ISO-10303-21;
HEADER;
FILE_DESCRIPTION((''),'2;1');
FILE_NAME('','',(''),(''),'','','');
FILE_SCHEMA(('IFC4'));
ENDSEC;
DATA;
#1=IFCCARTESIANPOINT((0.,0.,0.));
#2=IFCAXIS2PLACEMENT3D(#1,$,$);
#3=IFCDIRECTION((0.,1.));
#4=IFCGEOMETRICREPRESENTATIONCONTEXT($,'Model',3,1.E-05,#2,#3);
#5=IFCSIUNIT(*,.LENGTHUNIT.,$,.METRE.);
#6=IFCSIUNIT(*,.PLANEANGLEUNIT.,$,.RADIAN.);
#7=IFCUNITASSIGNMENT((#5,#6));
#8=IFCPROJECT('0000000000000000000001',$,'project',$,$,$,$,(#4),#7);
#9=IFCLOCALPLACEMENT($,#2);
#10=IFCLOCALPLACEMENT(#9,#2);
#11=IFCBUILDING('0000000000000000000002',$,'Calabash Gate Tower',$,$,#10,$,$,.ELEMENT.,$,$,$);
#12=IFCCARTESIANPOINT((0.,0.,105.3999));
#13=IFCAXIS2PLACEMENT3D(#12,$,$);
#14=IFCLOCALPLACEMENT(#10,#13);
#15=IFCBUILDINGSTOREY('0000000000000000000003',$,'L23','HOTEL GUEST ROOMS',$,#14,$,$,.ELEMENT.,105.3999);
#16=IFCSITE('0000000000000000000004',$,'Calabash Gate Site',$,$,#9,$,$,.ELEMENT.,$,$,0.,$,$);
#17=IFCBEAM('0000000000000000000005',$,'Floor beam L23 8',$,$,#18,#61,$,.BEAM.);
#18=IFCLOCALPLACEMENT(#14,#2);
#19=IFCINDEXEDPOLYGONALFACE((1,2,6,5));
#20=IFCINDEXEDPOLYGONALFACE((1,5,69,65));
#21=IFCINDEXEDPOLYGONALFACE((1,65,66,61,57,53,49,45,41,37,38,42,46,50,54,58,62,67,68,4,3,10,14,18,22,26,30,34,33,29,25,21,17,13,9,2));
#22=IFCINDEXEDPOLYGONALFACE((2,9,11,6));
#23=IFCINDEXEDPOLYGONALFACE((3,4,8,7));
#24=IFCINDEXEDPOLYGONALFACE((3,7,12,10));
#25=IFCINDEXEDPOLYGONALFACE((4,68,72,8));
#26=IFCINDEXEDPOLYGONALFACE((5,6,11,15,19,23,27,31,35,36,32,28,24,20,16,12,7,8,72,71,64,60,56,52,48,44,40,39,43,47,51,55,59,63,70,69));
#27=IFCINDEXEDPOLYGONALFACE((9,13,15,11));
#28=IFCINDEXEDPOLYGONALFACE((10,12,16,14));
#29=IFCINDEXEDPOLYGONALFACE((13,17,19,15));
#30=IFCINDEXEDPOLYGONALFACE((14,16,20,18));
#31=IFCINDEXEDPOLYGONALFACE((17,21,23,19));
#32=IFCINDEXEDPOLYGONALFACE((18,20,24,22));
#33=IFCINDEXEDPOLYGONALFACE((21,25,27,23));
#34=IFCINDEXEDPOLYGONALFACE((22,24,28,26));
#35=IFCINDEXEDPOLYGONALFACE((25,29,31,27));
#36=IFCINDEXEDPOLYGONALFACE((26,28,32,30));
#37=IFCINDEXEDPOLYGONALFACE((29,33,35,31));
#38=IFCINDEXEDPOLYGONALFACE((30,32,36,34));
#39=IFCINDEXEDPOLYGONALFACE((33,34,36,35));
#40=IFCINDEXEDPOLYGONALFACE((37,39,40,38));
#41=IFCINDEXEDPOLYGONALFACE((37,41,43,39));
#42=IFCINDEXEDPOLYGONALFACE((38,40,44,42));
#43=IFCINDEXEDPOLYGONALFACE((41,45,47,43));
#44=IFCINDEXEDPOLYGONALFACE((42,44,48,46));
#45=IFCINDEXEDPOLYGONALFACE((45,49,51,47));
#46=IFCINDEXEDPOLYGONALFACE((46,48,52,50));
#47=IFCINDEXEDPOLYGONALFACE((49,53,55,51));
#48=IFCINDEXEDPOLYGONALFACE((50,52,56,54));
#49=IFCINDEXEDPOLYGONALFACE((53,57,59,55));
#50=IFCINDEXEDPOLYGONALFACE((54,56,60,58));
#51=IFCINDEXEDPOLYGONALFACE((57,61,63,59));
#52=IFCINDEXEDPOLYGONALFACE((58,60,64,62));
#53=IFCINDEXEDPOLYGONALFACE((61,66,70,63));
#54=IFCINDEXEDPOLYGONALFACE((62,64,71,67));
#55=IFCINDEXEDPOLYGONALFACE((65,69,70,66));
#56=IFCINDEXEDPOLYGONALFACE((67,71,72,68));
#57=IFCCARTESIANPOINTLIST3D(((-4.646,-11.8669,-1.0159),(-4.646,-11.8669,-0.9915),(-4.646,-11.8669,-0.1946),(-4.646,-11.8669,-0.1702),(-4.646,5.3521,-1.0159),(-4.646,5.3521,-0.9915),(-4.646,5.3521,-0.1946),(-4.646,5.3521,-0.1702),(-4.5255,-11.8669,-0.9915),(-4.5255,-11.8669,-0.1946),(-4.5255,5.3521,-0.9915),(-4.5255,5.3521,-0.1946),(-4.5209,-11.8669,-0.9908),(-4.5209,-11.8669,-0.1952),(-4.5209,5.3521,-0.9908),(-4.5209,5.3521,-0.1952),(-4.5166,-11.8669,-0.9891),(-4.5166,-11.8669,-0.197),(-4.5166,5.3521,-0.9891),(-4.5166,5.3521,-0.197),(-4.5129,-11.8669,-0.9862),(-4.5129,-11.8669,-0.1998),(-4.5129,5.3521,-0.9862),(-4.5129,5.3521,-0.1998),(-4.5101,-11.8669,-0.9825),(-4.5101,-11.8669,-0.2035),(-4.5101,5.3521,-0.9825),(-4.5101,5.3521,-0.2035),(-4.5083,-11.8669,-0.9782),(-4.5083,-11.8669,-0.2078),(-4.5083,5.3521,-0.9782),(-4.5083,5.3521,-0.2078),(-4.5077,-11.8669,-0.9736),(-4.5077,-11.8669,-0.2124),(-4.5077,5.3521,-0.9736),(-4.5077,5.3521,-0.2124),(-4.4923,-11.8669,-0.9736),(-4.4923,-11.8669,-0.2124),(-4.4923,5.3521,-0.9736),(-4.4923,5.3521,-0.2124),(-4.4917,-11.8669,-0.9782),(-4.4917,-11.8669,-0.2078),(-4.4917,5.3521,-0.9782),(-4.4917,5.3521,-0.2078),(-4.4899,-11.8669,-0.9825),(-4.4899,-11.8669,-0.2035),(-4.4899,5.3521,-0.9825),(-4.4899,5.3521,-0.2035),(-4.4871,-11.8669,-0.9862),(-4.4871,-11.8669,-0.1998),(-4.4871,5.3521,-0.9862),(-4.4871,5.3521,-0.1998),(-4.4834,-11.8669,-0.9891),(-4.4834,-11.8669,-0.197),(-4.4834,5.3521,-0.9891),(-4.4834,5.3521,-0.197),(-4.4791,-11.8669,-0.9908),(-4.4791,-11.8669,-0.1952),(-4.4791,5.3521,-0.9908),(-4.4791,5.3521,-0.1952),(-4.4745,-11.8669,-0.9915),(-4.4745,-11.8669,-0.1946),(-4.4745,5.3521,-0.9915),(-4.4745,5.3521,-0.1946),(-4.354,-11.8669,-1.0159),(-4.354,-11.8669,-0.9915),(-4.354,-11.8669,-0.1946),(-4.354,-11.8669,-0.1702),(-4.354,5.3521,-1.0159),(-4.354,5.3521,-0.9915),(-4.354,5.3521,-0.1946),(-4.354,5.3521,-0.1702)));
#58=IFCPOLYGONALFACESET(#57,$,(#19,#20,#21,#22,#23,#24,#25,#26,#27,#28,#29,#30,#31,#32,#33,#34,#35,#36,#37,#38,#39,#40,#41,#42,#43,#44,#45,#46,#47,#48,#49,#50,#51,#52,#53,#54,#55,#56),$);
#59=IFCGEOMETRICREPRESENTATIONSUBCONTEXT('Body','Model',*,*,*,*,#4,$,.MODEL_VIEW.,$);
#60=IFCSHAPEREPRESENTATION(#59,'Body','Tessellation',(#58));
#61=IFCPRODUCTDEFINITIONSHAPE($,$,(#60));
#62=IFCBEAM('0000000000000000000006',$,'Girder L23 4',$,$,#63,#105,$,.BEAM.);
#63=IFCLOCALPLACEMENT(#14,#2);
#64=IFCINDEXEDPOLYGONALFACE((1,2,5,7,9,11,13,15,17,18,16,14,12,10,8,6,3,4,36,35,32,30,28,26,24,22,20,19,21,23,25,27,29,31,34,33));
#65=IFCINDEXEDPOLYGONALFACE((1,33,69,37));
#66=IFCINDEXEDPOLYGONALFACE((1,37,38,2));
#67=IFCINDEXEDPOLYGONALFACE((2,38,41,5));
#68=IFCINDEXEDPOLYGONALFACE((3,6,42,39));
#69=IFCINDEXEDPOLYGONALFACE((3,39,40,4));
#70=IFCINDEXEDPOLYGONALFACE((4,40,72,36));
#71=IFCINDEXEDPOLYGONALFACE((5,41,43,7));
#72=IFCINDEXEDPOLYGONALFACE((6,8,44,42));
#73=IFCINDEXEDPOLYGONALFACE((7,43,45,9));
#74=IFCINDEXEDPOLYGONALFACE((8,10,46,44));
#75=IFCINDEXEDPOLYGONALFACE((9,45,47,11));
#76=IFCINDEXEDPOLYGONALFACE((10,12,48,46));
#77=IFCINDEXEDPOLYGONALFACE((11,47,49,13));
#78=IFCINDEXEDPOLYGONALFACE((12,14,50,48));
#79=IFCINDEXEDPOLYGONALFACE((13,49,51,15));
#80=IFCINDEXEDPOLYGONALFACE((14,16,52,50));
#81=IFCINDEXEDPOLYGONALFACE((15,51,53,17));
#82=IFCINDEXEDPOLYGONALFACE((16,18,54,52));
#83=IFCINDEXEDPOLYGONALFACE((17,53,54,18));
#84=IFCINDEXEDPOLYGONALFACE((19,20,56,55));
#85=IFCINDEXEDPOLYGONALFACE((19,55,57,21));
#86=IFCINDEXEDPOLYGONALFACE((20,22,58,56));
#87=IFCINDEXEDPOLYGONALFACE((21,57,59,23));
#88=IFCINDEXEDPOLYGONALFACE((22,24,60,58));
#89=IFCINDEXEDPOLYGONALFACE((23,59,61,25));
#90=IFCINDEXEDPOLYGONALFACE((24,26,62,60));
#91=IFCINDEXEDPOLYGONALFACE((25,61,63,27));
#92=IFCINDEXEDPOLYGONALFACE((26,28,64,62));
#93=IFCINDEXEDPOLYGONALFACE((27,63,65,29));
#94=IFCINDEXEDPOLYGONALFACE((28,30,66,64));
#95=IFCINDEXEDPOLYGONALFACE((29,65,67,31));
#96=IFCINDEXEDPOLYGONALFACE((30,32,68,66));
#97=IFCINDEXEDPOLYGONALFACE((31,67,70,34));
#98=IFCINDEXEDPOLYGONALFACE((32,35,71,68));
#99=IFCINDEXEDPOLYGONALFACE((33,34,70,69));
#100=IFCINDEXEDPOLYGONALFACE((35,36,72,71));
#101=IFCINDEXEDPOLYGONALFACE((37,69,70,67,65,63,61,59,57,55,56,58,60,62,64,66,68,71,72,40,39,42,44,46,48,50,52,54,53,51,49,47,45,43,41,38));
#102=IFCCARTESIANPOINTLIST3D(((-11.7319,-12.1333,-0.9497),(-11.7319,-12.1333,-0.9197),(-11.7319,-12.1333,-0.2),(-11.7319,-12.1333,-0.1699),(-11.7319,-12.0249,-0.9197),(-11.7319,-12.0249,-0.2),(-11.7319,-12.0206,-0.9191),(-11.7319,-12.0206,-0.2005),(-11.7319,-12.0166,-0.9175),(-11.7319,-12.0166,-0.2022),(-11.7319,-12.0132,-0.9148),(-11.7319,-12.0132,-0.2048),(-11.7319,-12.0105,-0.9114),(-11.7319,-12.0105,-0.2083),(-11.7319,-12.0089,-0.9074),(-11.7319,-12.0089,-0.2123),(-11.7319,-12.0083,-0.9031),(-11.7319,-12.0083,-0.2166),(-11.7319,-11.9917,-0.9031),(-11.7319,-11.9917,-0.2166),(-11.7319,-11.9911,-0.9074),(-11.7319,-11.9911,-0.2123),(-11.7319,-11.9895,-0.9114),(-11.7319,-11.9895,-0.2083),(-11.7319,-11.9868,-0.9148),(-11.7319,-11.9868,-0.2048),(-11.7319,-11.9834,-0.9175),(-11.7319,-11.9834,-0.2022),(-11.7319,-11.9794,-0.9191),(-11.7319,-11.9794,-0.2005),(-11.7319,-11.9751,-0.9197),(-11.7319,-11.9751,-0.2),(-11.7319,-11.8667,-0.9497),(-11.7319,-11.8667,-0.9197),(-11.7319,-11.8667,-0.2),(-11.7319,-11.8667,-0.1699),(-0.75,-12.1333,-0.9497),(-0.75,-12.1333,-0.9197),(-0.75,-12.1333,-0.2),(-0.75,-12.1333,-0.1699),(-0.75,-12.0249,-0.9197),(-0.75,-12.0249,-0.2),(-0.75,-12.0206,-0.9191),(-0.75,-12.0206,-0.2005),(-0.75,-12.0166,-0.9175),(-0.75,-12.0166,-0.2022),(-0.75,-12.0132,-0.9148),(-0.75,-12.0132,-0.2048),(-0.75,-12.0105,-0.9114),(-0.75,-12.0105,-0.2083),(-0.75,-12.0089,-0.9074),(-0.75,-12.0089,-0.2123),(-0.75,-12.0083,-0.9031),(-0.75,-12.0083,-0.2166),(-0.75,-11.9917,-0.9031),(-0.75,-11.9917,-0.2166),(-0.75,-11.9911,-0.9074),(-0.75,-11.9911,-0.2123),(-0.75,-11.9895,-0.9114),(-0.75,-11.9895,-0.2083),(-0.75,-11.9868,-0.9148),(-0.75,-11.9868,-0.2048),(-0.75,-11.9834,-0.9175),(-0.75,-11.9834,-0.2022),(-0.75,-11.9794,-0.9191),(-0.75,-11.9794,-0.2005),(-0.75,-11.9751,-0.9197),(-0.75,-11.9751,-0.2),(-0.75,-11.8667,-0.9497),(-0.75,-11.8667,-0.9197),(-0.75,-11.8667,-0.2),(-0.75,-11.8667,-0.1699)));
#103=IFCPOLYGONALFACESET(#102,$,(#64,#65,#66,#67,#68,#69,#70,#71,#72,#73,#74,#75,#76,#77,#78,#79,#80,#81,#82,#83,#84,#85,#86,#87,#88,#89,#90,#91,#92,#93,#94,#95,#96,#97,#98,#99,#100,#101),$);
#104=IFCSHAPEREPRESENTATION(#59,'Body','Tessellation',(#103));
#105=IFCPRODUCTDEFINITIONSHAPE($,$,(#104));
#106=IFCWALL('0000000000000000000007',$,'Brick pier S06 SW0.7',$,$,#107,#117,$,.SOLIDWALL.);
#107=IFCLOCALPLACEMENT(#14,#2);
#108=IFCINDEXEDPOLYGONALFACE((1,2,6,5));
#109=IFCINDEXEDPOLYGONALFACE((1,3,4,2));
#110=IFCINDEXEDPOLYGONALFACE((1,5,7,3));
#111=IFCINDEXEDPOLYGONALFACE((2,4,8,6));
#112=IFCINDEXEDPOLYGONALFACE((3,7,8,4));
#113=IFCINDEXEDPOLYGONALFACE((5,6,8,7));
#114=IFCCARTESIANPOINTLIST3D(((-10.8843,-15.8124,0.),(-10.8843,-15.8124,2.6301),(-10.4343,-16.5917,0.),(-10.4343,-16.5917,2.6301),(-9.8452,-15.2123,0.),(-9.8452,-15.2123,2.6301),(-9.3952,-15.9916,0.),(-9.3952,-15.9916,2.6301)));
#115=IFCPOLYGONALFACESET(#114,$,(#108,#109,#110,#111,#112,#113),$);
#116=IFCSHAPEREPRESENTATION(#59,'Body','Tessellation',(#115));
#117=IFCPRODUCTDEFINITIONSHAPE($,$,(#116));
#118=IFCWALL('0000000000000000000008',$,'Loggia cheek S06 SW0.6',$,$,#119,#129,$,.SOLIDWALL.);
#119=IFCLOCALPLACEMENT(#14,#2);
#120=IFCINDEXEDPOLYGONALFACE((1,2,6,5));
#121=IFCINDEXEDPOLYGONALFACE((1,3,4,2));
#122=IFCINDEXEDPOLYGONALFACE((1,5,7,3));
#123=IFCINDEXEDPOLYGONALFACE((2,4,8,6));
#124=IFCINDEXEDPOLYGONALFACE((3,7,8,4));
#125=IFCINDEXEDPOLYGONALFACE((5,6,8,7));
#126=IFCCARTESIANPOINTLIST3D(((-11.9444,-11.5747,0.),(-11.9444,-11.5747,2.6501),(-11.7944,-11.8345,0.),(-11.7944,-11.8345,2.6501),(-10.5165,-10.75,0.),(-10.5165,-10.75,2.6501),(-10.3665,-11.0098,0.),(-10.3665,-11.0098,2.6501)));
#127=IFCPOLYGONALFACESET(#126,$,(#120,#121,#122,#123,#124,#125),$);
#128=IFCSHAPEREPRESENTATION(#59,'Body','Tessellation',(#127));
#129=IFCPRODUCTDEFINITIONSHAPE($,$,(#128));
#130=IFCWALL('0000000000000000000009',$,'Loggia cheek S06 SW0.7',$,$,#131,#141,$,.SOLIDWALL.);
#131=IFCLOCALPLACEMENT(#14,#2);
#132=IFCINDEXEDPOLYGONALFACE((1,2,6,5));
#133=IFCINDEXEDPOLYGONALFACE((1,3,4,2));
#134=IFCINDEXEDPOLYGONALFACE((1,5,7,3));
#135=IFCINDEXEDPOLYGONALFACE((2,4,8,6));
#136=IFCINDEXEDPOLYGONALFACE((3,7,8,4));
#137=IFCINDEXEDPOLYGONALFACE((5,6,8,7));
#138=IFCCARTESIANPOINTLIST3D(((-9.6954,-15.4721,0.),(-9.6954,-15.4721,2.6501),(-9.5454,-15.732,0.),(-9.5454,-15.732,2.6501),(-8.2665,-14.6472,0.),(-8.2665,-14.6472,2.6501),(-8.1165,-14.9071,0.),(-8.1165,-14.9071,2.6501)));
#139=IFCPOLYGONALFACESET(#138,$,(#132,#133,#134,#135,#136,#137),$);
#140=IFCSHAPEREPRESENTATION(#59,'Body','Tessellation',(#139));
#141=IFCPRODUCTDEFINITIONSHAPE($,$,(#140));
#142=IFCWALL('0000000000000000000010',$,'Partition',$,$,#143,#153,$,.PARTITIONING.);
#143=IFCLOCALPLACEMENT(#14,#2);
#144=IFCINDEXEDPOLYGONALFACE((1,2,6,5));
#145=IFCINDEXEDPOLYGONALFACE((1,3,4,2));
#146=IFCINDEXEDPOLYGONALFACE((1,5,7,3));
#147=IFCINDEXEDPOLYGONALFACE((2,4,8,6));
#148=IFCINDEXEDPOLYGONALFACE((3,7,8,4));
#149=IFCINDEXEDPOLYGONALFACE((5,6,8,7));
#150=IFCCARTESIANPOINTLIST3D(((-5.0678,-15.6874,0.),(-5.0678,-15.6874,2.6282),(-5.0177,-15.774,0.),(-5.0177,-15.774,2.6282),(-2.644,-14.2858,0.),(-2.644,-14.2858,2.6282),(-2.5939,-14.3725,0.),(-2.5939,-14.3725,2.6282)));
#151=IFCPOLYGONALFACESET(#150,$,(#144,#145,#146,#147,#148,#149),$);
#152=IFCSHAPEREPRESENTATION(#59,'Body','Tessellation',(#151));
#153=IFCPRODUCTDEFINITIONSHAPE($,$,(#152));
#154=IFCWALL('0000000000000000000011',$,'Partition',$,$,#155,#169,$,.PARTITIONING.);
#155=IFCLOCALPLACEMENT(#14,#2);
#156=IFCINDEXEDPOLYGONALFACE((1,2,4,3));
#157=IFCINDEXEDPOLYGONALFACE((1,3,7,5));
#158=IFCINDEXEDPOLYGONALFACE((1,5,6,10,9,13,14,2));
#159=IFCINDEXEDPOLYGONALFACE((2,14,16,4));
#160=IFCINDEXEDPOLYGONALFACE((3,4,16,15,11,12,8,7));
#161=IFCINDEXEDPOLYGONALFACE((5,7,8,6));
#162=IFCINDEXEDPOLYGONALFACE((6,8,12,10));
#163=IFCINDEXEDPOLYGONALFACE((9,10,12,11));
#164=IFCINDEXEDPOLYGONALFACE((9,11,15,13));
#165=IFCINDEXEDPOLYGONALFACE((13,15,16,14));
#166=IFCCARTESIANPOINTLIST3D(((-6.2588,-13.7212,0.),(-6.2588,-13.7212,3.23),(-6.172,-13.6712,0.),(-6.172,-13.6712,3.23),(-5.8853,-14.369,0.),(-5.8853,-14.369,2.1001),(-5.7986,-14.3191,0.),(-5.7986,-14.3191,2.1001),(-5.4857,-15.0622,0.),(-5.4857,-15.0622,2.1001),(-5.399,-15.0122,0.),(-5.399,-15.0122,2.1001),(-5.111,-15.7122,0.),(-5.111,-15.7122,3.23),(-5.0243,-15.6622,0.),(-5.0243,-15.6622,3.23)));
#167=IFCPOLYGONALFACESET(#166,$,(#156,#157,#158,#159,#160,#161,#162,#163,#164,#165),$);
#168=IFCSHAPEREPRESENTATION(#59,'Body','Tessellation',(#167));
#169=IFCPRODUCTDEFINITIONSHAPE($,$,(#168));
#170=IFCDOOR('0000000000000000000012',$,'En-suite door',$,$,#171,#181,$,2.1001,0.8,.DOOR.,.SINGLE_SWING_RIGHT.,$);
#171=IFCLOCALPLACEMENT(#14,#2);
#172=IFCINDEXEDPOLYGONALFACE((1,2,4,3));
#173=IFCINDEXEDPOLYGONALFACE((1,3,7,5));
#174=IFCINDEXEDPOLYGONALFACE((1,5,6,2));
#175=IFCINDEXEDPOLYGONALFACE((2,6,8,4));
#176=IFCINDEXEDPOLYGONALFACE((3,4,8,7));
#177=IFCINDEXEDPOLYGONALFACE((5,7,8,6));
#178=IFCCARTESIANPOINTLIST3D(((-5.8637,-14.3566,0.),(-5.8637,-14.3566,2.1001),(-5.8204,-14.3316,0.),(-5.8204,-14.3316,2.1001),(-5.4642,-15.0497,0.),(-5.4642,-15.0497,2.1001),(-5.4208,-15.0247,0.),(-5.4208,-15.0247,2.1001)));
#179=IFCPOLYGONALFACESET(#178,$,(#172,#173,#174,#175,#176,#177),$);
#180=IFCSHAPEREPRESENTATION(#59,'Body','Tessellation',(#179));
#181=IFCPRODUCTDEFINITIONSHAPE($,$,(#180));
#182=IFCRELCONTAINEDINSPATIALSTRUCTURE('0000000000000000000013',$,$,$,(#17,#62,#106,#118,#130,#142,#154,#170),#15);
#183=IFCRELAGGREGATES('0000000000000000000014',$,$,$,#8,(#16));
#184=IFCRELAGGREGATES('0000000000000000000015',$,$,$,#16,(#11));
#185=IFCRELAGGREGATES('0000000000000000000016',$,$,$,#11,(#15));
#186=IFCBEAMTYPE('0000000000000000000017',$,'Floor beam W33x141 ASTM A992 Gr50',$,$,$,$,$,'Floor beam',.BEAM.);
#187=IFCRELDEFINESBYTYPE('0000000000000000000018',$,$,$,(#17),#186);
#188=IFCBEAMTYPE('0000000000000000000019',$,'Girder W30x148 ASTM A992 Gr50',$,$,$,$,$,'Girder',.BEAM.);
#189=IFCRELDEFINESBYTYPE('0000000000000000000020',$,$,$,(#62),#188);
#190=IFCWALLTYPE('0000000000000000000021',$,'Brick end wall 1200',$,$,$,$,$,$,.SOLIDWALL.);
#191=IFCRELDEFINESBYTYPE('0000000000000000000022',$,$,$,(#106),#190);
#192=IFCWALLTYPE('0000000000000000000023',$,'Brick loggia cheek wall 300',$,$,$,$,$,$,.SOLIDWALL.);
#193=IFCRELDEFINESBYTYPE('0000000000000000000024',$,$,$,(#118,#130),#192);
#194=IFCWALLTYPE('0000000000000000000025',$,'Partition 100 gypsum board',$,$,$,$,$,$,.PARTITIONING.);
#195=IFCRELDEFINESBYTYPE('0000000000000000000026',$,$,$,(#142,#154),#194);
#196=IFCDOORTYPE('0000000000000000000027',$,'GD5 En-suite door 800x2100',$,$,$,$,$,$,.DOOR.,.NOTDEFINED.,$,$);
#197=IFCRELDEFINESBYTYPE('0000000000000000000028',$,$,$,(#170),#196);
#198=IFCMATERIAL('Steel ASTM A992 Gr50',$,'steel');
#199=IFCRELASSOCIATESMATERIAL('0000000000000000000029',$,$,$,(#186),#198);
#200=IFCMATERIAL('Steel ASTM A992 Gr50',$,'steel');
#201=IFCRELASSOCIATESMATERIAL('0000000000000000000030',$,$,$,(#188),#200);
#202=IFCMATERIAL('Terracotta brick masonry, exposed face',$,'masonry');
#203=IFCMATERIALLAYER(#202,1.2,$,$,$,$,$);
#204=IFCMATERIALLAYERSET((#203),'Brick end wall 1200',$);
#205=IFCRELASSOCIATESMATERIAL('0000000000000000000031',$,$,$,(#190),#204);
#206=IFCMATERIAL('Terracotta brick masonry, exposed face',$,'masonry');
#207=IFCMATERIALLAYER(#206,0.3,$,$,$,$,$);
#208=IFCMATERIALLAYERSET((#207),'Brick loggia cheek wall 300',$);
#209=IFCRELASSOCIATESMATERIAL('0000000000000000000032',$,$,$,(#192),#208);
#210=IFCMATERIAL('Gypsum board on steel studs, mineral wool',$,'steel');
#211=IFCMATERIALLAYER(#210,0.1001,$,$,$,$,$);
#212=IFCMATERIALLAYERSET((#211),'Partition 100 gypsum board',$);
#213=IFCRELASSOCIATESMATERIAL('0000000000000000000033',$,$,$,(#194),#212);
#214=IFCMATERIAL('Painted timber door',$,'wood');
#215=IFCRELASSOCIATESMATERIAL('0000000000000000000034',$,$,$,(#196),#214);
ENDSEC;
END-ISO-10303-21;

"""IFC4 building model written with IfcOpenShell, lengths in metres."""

from ifc_helpers import new_model, si_unit, direction, frame, frame_2d, origin, origin_2d, place, context, subcontext, project, spatial, rectangle, i_section, extrude, material, layer, layer_set, material_profile, profile_set, type_object, element, fill, save


model = new_model("IFC4")

# Units and contexts
model_context = context("Model", 3, precision=1e-05, world=origin(), true_north=direction((0.0, 1.0)))
body_context = subcontext(model_context, "Body", "Model", "MODEL_VIEW")
ifc_project = project(units=[si_unit("LENGTHUNIT", "METRE"), si_unit("PLANEANGLEUNIT", "RADIAN")], contexts=[model_context])

# Site, building, storey
site_placement = place(None, origin())
site = spatial("IfcSite", under=ifc_project, at=site_placement, Name="Calabash Gate Site", CompositionType="ELEMENT", RefElevation=0.0)
building_placement = place(site_placement, origin())
building = spatial("IfcBuilding", under=site, at=building_placement, Name="Calabash Gate Tower", CompositionType="ELEMENT")
storey_placement = place(building_placement, frame((0.0, 0.0, 105.3999)))
storey = spatial("IfcBuildingStorey", under=building, at=storey_placement, Name="L23", Description="HOTEL GUEST ROOMS", CompositionType="ELEMENT", Elevation=105.3999)

# Beams
ifc_material_1 = material(Name="Steel ASTM A992 Gr50", Category="steel")
ifc_material_profile_1 = material_profile(ifc_material_1, i_section(OverallWidth=0.292, OverallDepth=0.8457, WebThickness=0.0154, FlangeThickness=0.0244, FilletRadius=0.0178, at=origin_2d()))
ifc_profile_set_1 = profile_set([ifc_material_profile_1], Name="Steel ASTM A992 Gr50")
beam_type_1 = type_object("IfcBeamType", Name="Floor beam W33x141 ASTM A992 Gr50", ElementType="Floor beam", PredefinedType="BEAM", material=ifc_profile_set_1)
beam_1_placement = place(storey_placement, frame((-4.5, -11.8669, -0.593), z_axis=(0.0, 1.0, 0.0), x_axis=(-1.0, 0.0, 0.0)))
element("IfcBeam", 1, at=beam_1_placement, inside=storey, type_object=beam_type_1, Name="Floor beam L23 8", PredefinedType="BEAM", context=body_context, shape_type="SweptSolid", body=[
    extrude(i_section(OverallWidth=0.292, OverallDepth=0.8457, WebThickness=0.0154, FlangeThickness=0.0244, FilletRadius=0.0178, at=origin_2d()), origin(), (0.0, 0.0, 1.0), 17.219),
])
ifc_material_2 = material(Name="Steel ASTM A992 Gr50", Category="steel")
ifc_material_profile_2 = material_profile(ifc_material_2, i_section(OverallWidth=0.2666, OverallDepth=0.7798, WebThickness=0.0166, FlangeThickness=0.03, FilletRadius=0.0166, at=origin_2d()))
ifc_profile_set_2 = profile_set([ifc_material_profile_2], Name="Steel ASTM A992 Gr50")
beam_type_2 = type_object("IfcBeamType", Name="Girder W30x148 ASTM A992 Gr50", ElementType="Girder", PredefinedType="BEAM", material=ifc_profile_set_2)
beam_2_placement = place(storey_placement, frame((-11.7319, -12.0, -0.5598), z_axis=(1.0, 0.0, 0.0), x_axis=(0.0, 1.0, 0.0)))
element("IfcBeam", 2, at=beam_2_placement, inside=storey, type_object=beam_type_2, Name="Girder L23 4", PredefinedType="BEAM", context=body_context, shape_type="SweptSolid", body=[
    extrude(i_section(OverallWidth=0.2666, OverallDepth=0.7798, WebThickness=0.0166, FlangeThickness=0.03, FilletRadius=0.0166, at=origin_2d()), origin(), (0.0, 0.0, 1.0), 10.9819),
])

# Walls
ifc_material_3 = material(Name="Terracotta brick masonry, exposed face", Category="masonry")
ifc_layer_1 = layer(ifc_material_3, 1.2)
ifc_layer_set_1 = layer_set([ifc_layer_1], Name="Brick end wall 1200")
wall_type_1 = type_object("IfcWallType", Name="Brick end wall 1200", PredefinedType="SOLIDWALL", material=ifc_layer_set_1)
wall_1_placement = place(storey_placement, frame((-10.6594, -16.2021, 0.0), z_axis=(0.0, 0.0, 1.0), x_axis=(0.865955, 0.500122, 0.0)))
element("IfcWall", 3, at=wall_1_placement, inside=storey, type_object=wall_type_1, Name="Brick pier S06 SW0.7", PredefinedType="SOLIDWALL", context=body_context, shape_type="SweptSolid", body=[
    extrude(rectangle(XDim=1.2, YDim=0.8999, at=frame_2d((0.6001, 0.0))), origin(), (0.0, 0.0, 1.0), 2.6301),
])
ifc_material_4 = material(Name="Terracotta brick masonry, exposed face", Category="masonry")
ifc_layer_2 = layer(ifc_material_4, 0.3)
ifc_layer_set_2 = layer_set([ifc_layer_2], Name="Brick loggia cheek wall 300")
wall_type_2 = type_object("IfcWallType", Name="Brick loggia cheek wall 300", PredefinedType="SOLIDWALL", material=ifc_layer_set_2)
wall_2_placement = place(storey_placement, frame((-11.8694, -11.7046, 0.0), z_axis=(0.0, 0.0, 1.0), x_axis=(0.865956, 0.50012, 0.0)))
element("IfcWall", 4, at=wall_2_placement, inside=storey, type_object=wall_type_2, Name="Loggia cheek S06 SW0.6", PredefinedType="SOLIDWALL", context=body_context, shape_type="SweptSolid", body=[
    extrude(rectangle(XDim=1.6489, YDim=0.3, at=frame_2d((0.8245, 0.0))), origin(), (0.0, 0.0, 1.0), 2.6501),
])
wall_3_placement = place(storey_placement, frame((-9.6204, -15.6021, 0.0), z_axis=(0.0, 0.0, 1.0), x_axis=(0.86604, 0.499974, 0.0)))
element("IfcWall", 5, at=wall_3_placement, inside=storey, type_object=wall_type_2, Name="Loggia cheek S06 SW0.7", PredefinedType="SOLIDWALL", context=body_context, shape_type="SweptSolid", body=[
    extrude(rectangle(XDim=1.6499, YDim=0.3, at=frame_2d((0.825, 0.0))), origin(), (0.0, 0.0, 1.0), 2.6501),
])
ifc_material_5 = material(Name="Gypsum board on steel studs, mineral wool", Category="steel")
ifc_layer_3 = layer(ifc_material_5, 0.1001)
ifc_layer_set_3 = layer_set([ifc_layer_3], Name="Partition 100 gypsum board")
wall_type_3 = type_object("IfcWallType", Name="Partition 100 gypsum board", PredefinedType="PARTITIONING", material=ifc_layer_set_3)
wall_4_placement = place(storey_placement, frame((-5.0427, -15.7307, 0.0), z_axis=(0.0, 0.0, 1.0), x_axis=(0.865683, 0.500593, 0.0)))
element("IfcWall", 6, at=wall_4_placement, inside=storey, type_object=wall_type_3, Name="Partition", PredefinedType="PARTITIONING", context=body_context, shape_type="SweptSolid", body=[
    extrude(rectangle(XDim=2.7998, YDim=0.1001, at=frame_2d((1.3999, 0.0))), origin(), (0.0, 0.0, 1.0), 2.6282),
])

# Wall, opening, door
wall_5_placement = place(storey_placement, frame((-6.2153, -13.6963, 0.0), z_axis=(0.0, 0.0, 1.0), x_axis=(0.499419, -0.866361, 0.0)))
wall_5 = element("IfcWall", 7, at=wall_5_placement, inside=storey, type_object=wall_type_3, Name="Partition", PredefinedType="PARTITIONING", context=body_context, shape_type="SweptSolid", body=[
    extrude(rectangle(XDim=2.2981, YDim=0.1001, at=frame_2d((1.1489, 0.0))), origin(), (0.0, 0.0, 1.0), 3.23),
])
opening_1_placement = place(wall_5_placement, frame((0.7478, 0.0, 0.0)))
opening_1 = element("IfcOpeningElement", 8, at=opening_1_placement, cuts=wall_5, PredefinedType="OPENING", context=body_context, shape_type="SweptSolid", body=[
    extrude(rectangle(XDim=0.8, YDim=2.1001, at=frame_2d((0.3999, 1.05))), frame((0.0, 0.0601, 0.0), z_axis=(0.0, -1.0, 0.0), x_axis=(1.0, 0.0, 0.0)), (0.0, 0.0, 1.0), 0.1201),
])
ifc_material_6 = material(Name="Painted timber door", Category="wood")
door_type_1 = type_object("IfcDoorType", Name="GD5 En-suite door 800x2100", OperationType="NOTDEFINED", PredefinedType="DOOR", material=ifc_material_6)
door_1_placement = place(opening_1_placement, origin())
door_1 = element("IfcDoor", 9, at=door_1_placement, inside=storey, type_object=door_type_1, Name="En-suite door", OperationType="SINGLE_SWING_RIGHT", OverallHeight=2.1001, OverallWidth=0.8, PredefinedType="DOOR", context=body_context, shape_type="SweptSolid", body=[
    extrude(rectangle(XDim=0.8, YDim=2.1001, at=frame_2d((0.3999, 1.05))), frame((0.0, 0.0249, 0.0), z_axis=(0.0, -1.0, 0.0), x_axis=(1.0, 0.0, 0.0)), (0.0, 0.0, 1.0), 0.05),
])
fill(opening_1, door_1)

save(model, "model.ifc")
